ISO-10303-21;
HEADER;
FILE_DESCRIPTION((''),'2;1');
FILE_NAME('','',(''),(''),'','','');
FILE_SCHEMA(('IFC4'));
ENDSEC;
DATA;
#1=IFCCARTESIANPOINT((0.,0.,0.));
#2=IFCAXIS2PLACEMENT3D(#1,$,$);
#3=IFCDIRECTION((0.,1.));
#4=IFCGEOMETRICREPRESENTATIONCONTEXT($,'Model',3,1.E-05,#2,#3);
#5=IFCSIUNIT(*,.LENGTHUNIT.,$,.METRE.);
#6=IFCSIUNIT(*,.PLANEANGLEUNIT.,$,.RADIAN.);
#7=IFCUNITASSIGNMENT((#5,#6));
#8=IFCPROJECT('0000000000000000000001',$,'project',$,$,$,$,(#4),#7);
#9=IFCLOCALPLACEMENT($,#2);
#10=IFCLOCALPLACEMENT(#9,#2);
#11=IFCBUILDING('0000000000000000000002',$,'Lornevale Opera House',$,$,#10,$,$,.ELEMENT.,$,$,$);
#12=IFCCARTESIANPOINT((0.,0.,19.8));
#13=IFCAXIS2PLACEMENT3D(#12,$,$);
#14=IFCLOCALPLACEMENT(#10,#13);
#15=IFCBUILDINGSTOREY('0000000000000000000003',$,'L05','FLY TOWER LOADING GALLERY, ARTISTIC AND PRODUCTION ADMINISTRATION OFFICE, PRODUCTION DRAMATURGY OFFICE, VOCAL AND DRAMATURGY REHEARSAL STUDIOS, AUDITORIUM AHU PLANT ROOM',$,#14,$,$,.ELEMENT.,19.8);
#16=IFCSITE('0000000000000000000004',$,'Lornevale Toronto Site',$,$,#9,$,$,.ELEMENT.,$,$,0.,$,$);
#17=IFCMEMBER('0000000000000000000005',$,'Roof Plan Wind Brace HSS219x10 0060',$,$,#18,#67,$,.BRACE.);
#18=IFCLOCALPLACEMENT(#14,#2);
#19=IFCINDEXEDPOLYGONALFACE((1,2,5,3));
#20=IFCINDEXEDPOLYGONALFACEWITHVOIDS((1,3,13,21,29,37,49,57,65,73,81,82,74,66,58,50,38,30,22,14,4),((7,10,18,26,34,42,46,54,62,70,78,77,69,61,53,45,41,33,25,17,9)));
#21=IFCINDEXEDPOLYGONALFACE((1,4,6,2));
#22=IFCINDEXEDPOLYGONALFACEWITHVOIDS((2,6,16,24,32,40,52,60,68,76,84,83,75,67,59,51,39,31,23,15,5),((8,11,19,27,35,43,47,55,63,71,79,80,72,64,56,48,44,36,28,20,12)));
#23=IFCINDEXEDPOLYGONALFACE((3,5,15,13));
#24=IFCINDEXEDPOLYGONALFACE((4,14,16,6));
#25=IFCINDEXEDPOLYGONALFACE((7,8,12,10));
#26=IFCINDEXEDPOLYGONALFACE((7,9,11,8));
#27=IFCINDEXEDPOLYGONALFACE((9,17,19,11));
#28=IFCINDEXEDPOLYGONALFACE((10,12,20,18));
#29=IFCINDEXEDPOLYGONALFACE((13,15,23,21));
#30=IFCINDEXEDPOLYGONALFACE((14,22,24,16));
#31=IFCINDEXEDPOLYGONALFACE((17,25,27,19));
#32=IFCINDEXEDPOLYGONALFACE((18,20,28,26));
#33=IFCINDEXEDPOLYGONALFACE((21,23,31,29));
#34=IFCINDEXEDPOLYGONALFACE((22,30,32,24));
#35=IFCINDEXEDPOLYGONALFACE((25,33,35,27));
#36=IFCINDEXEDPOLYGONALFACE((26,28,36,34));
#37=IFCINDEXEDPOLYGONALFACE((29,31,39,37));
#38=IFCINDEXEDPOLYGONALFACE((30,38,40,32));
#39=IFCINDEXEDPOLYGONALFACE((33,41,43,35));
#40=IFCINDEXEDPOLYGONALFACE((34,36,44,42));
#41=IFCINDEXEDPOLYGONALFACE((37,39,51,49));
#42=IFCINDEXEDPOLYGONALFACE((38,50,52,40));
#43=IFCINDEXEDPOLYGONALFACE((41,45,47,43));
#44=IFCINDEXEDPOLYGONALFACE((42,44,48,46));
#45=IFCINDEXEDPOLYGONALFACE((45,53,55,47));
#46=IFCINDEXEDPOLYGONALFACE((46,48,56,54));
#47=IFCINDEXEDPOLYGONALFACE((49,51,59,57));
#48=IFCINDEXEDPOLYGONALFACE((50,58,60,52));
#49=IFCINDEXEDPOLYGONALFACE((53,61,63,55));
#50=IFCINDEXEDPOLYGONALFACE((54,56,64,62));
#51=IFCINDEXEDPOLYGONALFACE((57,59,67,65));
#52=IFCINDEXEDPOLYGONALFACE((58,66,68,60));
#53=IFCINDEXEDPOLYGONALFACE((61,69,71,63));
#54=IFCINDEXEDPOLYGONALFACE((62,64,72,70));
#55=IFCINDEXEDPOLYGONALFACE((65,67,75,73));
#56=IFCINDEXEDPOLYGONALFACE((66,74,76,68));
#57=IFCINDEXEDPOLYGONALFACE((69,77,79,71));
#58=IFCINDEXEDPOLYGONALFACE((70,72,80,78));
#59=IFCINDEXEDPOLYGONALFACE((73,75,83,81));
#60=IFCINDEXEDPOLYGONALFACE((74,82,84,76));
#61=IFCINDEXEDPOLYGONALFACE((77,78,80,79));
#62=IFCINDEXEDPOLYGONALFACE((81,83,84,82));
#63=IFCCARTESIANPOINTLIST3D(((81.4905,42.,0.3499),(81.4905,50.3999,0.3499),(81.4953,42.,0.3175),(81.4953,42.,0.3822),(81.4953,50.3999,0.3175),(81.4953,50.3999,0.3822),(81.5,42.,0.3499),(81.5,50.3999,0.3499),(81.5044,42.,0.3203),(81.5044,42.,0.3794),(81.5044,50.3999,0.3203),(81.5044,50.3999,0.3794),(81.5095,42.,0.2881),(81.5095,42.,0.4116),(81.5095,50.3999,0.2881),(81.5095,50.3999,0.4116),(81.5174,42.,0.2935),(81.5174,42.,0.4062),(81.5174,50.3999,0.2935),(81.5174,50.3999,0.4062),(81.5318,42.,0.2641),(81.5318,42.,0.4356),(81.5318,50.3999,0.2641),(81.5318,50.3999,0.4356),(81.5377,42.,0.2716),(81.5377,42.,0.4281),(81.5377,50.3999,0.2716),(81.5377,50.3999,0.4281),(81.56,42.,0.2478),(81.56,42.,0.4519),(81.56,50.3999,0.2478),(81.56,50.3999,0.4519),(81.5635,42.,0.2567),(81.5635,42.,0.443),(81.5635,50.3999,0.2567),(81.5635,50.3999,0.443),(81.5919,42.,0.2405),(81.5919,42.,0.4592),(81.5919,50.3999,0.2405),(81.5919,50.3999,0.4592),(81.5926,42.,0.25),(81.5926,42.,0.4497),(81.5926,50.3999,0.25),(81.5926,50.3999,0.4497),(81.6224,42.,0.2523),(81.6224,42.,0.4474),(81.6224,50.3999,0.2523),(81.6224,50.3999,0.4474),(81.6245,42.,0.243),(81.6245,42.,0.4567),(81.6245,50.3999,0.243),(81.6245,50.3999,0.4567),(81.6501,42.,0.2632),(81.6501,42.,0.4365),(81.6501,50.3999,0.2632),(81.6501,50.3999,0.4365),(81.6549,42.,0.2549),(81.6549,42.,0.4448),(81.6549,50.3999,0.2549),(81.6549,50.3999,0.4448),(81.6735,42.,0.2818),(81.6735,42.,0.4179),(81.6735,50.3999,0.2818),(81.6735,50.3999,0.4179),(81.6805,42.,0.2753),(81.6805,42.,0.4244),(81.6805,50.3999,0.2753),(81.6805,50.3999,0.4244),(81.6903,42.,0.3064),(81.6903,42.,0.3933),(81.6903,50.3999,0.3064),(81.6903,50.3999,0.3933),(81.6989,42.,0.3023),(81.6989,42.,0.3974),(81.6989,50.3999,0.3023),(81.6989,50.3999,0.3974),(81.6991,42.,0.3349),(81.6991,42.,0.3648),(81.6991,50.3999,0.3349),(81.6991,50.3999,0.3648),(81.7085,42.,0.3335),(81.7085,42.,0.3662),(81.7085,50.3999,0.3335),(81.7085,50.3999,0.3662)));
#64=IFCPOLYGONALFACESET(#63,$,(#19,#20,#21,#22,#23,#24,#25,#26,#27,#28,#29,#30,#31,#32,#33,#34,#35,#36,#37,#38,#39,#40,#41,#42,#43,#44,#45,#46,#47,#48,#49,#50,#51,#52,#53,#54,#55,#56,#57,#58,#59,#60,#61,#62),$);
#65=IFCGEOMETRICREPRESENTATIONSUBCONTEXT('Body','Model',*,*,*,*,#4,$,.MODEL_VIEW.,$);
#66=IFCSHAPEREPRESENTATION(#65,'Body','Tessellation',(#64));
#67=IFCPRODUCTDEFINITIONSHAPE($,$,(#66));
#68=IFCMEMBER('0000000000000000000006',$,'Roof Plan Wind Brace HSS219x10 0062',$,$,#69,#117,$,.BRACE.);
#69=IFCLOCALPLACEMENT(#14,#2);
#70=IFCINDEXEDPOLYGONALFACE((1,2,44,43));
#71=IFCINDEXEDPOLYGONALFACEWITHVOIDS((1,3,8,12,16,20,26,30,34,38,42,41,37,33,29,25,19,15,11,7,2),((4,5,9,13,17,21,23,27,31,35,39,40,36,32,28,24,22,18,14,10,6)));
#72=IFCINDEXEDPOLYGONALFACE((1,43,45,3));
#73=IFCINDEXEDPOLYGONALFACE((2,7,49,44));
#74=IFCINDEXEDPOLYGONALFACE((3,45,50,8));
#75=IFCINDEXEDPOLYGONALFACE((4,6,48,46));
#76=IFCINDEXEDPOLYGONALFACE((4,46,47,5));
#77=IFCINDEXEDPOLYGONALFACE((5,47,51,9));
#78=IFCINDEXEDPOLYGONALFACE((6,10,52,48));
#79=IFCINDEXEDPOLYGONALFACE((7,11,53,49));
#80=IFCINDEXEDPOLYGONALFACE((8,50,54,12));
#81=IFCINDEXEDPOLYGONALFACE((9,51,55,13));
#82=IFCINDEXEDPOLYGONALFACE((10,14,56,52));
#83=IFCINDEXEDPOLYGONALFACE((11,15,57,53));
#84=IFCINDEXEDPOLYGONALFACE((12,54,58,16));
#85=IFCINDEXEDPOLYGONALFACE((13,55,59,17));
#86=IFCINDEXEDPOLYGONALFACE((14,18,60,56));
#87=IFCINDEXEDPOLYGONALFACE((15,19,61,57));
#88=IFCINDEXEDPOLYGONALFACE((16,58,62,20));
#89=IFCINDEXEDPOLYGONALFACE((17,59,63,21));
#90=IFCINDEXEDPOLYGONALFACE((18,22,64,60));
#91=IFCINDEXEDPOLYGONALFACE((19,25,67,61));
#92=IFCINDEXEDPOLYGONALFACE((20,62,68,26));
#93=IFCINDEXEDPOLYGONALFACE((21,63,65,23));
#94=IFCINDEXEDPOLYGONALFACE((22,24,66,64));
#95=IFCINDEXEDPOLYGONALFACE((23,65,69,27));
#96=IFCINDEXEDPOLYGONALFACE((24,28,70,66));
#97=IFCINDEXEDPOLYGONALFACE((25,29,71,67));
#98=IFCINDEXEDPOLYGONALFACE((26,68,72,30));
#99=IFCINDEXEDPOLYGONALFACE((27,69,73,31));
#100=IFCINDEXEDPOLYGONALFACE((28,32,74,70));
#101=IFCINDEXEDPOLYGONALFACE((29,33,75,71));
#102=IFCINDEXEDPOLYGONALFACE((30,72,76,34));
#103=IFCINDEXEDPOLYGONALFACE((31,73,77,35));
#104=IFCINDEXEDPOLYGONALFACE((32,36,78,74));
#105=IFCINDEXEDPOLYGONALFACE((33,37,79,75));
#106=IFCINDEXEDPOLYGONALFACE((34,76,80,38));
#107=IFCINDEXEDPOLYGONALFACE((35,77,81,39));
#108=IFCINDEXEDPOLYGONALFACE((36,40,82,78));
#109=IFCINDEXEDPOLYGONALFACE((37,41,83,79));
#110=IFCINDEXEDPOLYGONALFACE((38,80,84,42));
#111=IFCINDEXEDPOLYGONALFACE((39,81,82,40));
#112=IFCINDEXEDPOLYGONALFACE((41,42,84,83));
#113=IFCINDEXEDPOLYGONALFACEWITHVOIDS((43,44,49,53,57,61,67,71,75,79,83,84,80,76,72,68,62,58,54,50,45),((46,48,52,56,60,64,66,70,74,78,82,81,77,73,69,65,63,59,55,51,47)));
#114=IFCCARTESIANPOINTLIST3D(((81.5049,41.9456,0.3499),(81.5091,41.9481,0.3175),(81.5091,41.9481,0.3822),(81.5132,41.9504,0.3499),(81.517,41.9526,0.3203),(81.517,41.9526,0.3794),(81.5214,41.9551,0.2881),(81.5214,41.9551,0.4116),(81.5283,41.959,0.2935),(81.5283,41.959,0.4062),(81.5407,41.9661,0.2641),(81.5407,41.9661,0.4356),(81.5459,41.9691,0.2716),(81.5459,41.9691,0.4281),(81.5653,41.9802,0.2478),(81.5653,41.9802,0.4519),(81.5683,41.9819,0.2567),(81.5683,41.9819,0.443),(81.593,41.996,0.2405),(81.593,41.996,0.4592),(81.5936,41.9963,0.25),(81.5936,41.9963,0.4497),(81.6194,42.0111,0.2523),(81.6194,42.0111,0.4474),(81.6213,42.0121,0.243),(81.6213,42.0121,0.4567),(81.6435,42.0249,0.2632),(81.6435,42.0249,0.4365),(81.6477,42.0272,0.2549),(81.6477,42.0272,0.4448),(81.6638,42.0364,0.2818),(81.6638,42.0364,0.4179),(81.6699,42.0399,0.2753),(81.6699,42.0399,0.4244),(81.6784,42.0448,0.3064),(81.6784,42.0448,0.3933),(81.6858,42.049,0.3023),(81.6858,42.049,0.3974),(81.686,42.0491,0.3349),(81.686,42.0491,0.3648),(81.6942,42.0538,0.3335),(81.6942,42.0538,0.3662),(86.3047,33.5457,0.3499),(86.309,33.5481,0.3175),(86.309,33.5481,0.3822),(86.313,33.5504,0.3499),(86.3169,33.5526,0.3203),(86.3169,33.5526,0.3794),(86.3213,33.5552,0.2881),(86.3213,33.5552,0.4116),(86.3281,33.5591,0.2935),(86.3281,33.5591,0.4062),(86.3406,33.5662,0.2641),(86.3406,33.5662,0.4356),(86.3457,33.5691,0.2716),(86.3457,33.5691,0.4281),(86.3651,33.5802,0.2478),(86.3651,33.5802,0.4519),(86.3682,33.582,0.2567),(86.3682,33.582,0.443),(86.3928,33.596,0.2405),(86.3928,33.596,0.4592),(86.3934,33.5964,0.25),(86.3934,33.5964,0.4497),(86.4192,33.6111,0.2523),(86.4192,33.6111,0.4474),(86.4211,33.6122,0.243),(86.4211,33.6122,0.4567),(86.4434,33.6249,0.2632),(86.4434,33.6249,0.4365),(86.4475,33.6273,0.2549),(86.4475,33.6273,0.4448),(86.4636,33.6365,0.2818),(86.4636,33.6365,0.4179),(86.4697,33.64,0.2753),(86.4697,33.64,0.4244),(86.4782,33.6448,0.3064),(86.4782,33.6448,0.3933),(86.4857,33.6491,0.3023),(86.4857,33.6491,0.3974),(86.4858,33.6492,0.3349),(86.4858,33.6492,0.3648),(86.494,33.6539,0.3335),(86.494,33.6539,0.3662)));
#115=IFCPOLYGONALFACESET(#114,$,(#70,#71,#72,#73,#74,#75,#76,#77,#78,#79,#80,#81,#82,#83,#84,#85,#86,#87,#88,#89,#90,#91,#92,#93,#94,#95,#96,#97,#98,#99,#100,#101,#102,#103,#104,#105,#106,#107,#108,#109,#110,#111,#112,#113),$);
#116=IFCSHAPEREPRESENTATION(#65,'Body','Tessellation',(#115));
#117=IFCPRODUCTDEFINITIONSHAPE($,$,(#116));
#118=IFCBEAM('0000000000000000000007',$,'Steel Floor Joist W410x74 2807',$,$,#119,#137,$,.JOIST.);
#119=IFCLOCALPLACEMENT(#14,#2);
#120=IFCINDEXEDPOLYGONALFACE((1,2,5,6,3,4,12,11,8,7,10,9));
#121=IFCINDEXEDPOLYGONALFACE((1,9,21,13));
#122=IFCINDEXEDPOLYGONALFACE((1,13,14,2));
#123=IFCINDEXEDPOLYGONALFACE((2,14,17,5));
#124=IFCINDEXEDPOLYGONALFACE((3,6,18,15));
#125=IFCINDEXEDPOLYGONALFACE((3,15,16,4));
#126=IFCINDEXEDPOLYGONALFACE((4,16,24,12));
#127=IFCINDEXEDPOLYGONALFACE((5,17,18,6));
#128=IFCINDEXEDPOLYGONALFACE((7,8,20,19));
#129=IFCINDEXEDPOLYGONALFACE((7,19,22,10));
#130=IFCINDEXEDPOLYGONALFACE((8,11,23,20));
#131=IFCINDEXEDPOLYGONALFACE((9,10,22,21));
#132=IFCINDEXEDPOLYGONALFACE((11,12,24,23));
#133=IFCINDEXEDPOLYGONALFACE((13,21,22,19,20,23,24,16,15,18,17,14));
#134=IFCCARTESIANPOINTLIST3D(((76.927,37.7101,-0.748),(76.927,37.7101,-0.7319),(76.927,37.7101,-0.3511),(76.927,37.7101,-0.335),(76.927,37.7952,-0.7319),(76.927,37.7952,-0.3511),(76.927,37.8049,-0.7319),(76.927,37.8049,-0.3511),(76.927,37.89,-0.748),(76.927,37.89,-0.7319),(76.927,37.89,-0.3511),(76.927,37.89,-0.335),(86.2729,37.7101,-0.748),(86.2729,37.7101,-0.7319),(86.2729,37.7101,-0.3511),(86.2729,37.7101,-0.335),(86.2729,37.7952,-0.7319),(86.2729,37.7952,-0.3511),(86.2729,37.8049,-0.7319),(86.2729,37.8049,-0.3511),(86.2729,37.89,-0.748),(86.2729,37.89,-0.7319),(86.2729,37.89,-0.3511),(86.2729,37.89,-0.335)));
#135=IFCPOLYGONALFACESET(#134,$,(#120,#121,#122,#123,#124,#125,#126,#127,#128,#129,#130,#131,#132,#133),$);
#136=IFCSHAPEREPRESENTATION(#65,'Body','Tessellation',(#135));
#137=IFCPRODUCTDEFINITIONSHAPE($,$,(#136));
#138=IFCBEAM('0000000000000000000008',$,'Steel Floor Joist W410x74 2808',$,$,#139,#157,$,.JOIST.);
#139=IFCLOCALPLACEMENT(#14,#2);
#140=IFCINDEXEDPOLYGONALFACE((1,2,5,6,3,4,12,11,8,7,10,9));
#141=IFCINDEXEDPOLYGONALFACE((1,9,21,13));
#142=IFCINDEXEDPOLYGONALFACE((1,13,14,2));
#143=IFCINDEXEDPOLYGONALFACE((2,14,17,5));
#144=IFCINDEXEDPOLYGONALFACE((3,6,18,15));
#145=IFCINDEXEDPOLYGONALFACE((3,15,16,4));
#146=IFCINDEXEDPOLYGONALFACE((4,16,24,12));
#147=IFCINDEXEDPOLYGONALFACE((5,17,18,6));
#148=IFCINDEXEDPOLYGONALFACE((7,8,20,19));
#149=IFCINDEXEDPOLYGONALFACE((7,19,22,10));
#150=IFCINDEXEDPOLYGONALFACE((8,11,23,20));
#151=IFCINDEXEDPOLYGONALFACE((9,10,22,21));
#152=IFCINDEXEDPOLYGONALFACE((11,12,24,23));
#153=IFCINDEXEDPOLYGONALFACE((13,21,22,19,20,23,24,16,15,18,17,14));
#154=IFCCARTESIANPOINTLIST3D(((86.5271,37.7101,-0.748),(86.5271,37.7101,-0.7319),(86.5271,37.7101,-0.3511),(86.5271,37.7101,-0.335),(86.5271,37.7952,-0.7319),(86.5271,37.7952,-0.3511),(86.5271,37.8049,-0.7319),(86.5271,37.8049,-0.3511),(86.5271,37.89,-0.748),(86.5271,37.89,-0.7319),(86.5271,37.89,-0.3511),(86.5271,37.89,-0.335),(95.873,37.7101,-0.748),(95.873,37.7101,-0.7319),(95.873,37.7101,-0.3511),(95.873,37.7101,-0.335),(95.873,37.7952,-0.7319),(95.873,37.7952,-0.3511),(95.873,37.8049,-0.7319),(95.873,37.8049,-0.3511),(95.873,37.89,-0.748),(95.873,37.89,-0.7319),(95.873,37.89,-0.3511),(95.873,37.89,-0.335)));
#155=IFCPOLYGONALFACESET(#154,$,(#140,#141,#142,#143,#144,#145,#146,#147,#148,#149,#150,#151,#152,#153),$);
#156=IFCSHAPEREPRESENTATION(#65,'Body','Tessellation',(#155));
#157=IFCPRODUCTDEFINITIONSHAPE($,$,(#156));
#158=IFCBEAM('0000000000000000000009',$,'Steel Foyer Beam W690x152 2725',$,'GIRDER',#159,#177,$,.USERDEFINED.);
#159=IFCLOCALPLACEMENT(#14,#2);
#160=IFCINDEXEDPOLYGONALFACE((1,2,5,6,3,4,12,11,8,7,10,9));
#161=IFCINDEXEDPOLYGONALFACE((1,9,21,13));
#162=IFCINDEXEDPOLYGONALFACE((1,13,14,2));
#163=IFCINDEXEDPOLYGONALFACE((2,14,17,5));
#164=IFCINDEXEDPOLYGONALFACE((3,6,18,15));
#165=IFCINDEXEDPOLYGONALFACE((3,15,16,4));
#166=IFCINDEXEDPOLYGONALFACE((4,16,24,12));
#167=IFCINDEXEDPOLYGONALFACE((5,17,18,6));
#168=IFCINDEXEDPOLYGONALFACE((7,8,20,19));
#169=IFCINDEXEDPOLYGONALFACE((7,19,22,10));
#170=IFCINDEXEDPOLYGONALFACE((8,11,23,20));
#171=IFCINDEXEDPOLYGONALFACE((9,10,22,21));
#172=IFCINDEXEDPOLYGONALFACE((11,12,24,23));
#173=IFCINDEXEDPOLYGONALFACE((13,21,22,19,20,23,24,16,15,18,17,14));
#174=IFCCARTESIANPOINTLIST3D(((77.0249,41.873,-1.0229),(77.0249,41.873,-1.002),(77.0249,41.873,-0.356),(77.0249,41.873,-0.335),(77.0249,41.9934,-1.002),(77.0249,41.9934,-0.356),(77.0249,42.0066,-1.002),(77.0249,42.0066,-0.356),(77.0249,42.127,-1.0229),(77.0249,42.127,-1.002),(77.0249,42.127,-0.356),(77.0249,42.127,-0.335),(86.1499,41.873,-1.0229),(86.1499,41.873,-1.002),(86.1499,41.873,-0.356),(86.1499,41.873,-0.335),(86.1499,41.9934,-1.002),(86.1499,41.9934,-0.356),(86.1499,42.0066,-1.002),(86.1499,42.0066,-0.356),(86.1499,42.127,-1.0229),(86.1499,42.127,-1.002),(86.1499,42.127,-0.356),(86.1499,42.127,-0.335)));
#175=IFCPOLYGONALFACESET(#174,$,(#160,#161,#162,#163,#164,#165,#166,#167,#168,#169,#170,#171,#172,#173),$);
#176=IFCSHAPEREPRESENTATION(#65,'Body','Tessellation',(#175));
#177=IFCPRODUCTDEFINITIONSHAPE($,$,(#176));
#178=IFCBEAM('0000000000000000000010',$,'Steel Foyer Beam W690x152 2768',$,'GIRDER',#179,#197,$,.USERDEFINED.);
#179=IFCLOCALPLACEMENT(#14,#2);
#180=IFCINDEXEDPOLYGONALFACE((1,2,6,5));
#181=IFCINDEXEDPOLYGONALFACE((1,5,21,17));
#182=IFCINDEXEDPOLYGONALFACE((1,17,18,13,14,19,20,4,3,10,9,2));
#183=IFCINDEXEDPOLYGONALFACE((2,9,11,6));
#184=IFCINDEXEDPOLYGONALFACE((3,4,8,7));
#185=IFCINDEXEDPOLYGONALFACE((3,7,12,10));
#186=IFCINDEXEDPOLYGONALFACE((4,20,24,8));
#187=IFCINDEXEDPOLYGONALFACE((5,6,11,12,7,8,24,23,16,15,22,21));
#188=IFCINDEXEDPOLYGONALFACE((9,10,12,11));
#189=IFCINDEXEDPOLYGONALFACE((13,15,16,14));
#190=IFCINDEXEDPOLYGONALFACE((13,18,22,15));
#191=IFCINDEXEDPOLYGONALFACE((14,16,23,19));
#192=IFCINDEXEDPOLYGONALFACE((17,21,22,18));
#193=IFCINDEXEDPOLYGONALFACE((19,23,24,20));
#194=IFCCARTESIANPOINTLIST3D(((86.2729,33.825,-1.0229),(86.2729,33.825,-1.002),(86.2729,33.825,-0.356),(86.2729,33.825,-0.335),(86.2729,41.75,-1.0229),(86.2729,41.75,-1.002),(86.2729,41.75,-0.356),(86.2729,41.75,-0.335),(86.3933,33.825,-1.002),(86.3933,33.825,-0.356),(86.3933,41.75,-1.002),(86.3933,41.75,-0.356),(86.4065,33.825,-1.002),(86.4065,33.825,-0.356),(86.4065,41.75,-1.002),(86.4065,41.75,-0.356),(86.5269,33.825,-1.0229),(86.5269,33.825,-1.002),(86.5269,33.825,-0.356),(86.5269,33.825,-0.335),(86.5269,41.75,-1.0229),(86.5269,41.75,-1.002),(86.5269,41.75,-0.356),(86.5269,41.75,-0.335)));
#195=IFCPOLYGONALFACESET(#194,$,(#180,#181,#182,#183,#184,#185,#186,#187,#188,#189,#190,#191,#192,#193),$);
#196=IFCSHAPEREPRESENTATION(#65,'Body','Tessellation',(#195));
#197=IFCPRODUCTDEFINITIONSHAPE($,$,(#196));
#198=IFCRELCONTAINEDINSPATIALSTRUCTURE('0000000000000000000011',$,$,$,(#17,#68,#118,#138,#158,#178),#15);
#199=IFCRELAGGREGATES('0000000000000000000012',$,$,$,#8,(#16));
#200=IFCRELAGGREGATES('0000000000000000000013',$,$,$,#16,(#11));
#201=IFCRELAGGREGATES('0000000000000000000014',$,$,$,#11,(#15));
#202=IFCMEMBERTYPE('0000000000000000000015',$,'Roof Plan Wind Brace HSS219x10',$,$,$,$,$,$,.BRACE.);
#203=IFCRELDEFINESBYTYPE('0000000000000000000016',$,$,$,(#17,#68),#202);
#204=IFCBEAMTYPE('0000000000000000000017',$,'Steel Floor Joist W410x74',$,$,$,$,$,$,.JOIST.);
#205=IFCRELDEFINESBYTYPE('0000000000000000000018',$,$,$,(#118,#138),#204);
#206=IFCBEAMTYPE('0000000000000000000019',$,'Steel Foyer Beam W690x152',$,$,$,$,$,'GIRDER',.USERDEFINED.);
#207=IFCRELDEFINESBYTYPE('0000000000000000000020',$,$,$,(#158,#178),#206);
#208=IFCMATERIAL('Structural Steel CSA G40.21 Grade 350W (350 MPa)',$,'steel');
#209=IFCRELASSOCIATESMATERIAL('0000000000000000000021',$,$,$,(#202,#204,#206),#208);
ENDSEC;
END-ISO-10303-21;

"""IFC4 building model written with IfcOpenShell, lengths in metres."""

from ifc_helpers import new_model, si_unit, direction, frame, origin, origin_2d, place, context, subcontext, project, spatial, hollow_circle, i_section, extrude, material, material_profile, profile_set, type_object, element, save


model = new_model("IFC4")

# Units and contexts
model_context = context("Model", 3, precision=1e-05, world=origin(), true_north=direction((0.0, 1.0)))
body_context = subcontext(model_context, "Body", "Model", "MODEL_VIEW")
ifc_project = project(units=[si_unit("LENGTHUNIT", "METRE"), si_unit("PLANEANGLEUNIT", "RADIAN")], contexts=[model_context])

# Site, building, storey
site_placement = place(None, origin())
site = spatial("IfcSite", under=ifc_project, at=site_placement, Name="Lornevale Toronto Site", CompositionType="ELEMENT", RefElevation=0.0)
building_placement = place(site_placement, origin())
building = spatial("IfcBuilding", under=site, at=building_placement, Name="Lornevale Opera House", CompositionType="ELEMENT")
storey_placement = place(building_placement, frame((0.0, 0.0, 19.8)))
storey = spatial("IfcBuildingStorey", under=building, at=storey_placement, Name="L05", Description="FLY TOWER LOADING GALLERY, ARTISTIC AND PRODUCTION ADMINISTRATION OFFICE, PRODUCTION DRAMATURGY OFFICE, VOCAL AND DRAMATURGY REHEARSAL STUDIOS, AUDITORIUM AHU PLANT ROOM", CompositionType="ELEMENT", Elevation=19.8)

# Shared definitions
ifc_material_1 = material(Name="Structural Steel CSA G40.21 Grade 350W (350 MPa)", Category="steel")

# Members
ifc_material_profile_1 = material_profile(ifc_material_1, hollow_circle(Radius=0.1096, WallThickness=0.0095, at=origin_2d()), Name="HSS219x10")
ifc_profile_set_1 = profile_set([ifc_material_profile_1], Name="Structural Steel CSA G40.21 Grade 350W (350 MPa)")
member_type_1 = type_object("IfcMemberType", Name="Roof Plan Wind Brace HSS219x10", PredefinedType="BRACE", material=ifc_profile_set_1)
for number, where, z_axis, x_axis, name in (
    (1, (81.6001, 42.0, 0.3499), (0.0, 1.0, 0.0), (-1.0, 0.0, 0.0), "Roof Plan Wind Brace HSS219x10 0060"),
):
    element("IfcMember", number, at=place(storey_placement, frame(where, z_axis=z_axis, x_axis=x_axis)), inside=storey, type_object=member_type_1, Name=name, PredefinedType="BRACE", context=body_context, shape_type="SweptSolid", body=[
        extrude(hollow_circle(Radius=0.1096, WallThickness=0.0095, at=origin_2d()), origin(), (0.0, 0.0, 1.0), 8.3999),
    ])
member_1_placement = place(storey_placement, frame((86.3999, 33.6001, 0.3499), z_axis=(-0.496128, 0.868249, 0.0), x_axis=(-0.868249, -0.496128, 0.0)))
element("IfcMember", 2, at=member_1_placement, inside=storey, type_object=member_type_1, Name="Roof Plan Wind Brace HSS219x10 0062", PredefinedType="BRACE", context=body_context, shape_type="SweptSolid", body=[
    extrude(hollow_circle(Radius=0.1096, WallThickness=0.0095, at=origin_2d()), origin(), (0.0, 0.0, 1.0), 9.6746),
])

# Beams
ifc_material_profile_2 = material_profile(ifc_material_1, i_section(OverallWidth=0.1799, OverallDepth=0.4131, WebThickness=0.0098, FlangeThickness=0.0161, at=origin_2d()), Name="W410x74")
ifc_profile_set_2 = profile_set([ifc_material_profile_2], Name="Structural Steel CSA G40.21 Grade 350W (350 MPa)")
beam_type_1 = type_object("IfcBeamType", Name="Steel Floor Joist W410x74", PredefinedType="JOIST", material=ifc_profile_set_2)
for number, where, z_axis, x_axis, name in (
    (3, (76.927, 37.8, -0.5415), (1.0, 0.0, 0.0), (0.0, 1.0, 0.0), "Steel Floor Joist W410x74 2807"),
    (4, (86.5271, 37.8, -0.5415), (1.0, 0.0, 0.0), (0.0, 1.0, 0.0), "Steel Floor Joist W410x74 2808"),
):
    element("IfcBeam", number, at=place(storey_placement, frame(where, z_axis=z_axis, x_axis=x_axis)), inside=storey, type_object=beam_type_1, Name=name, PredefinedType="JOIST", context=body_context, shape_type="SweptSolid", body=[
        extrude(i_section(OverallWidth=0.1799, OverallDepth=0.4131, WebThickness=0.0098, FlangeThickness=0.0161, at=origin_2d()), origin(), (0.0, 0.0, 1.0), 9.3459),
    ])
ifc_material_profile_3 = material_profile(ifc_material_1, i_section(OverallWidth=0.2539, OverallDepth=0.688, WebThickness=0.0132, FlangeThickness=0.021, at=origin_2d()), Name="W690x152")
ifc_profile_set_3 = profile_set([ifc_material_profile_3], Name="Structural Steel CSA G40.21 Grade 350W (350 MPa)")
beam_type_2 = type_object("IfcBeamType", Name="Steel Foyer Beam W690x152", ElementType="GIRDER", PredefinedType="USERDEFINED", material=ifc_profile_set_3)
beam_1_placement = place(storey_placement, frame((77.0249, 42.0, -0.679), z_axis=(1.0, 0.0, 0.0), x_axis=(0.0, 1.0, 0.0)))
element("IfcBeam", 5, at=beam_1_placement, inside=storey, type_object=beam_type_2, Name="Steel Foyer Beam W690x152 2725", ObjectType="GIRDER", PredefinedType="USERDEFINED", context=body_context, shape_type="SweptSolid", body=[
    extrude(i_section(OverallWidth=0.2539, OverallDepth=0.688, WebThickness=0.0132, FlangeThickness=0.021, at=origin_2d()), origin(), (0.0, 0.0, 1.0), 9.125),
])
beam_2_placement = place(storey_placement, frame((86.3999, 33.825, -0.679), z_axis=(0.0, 1.0, 0.0), x_axis=(-1.0, 0.0, 0.0)))
element("IfcBeam", 6, at=beam_2_placement, inside=storey, type_object=beam_type_2, Name="Steel Foyer Beam W690x152 2768", ObjectType="GIRDER", PredefinedType="USERDEFINED", context=body_context, shape_type="SweptSolid", body=[
    extrude(i_section(OverallWidth=0.2539, OverallDepth=0.688, WebThickness=0.0132, FlangeThickness=0.021, at=origin_2d()), origin(), (0.0, 0.0, 1.0), 7.925),
])

save(model, "model.ifc")
